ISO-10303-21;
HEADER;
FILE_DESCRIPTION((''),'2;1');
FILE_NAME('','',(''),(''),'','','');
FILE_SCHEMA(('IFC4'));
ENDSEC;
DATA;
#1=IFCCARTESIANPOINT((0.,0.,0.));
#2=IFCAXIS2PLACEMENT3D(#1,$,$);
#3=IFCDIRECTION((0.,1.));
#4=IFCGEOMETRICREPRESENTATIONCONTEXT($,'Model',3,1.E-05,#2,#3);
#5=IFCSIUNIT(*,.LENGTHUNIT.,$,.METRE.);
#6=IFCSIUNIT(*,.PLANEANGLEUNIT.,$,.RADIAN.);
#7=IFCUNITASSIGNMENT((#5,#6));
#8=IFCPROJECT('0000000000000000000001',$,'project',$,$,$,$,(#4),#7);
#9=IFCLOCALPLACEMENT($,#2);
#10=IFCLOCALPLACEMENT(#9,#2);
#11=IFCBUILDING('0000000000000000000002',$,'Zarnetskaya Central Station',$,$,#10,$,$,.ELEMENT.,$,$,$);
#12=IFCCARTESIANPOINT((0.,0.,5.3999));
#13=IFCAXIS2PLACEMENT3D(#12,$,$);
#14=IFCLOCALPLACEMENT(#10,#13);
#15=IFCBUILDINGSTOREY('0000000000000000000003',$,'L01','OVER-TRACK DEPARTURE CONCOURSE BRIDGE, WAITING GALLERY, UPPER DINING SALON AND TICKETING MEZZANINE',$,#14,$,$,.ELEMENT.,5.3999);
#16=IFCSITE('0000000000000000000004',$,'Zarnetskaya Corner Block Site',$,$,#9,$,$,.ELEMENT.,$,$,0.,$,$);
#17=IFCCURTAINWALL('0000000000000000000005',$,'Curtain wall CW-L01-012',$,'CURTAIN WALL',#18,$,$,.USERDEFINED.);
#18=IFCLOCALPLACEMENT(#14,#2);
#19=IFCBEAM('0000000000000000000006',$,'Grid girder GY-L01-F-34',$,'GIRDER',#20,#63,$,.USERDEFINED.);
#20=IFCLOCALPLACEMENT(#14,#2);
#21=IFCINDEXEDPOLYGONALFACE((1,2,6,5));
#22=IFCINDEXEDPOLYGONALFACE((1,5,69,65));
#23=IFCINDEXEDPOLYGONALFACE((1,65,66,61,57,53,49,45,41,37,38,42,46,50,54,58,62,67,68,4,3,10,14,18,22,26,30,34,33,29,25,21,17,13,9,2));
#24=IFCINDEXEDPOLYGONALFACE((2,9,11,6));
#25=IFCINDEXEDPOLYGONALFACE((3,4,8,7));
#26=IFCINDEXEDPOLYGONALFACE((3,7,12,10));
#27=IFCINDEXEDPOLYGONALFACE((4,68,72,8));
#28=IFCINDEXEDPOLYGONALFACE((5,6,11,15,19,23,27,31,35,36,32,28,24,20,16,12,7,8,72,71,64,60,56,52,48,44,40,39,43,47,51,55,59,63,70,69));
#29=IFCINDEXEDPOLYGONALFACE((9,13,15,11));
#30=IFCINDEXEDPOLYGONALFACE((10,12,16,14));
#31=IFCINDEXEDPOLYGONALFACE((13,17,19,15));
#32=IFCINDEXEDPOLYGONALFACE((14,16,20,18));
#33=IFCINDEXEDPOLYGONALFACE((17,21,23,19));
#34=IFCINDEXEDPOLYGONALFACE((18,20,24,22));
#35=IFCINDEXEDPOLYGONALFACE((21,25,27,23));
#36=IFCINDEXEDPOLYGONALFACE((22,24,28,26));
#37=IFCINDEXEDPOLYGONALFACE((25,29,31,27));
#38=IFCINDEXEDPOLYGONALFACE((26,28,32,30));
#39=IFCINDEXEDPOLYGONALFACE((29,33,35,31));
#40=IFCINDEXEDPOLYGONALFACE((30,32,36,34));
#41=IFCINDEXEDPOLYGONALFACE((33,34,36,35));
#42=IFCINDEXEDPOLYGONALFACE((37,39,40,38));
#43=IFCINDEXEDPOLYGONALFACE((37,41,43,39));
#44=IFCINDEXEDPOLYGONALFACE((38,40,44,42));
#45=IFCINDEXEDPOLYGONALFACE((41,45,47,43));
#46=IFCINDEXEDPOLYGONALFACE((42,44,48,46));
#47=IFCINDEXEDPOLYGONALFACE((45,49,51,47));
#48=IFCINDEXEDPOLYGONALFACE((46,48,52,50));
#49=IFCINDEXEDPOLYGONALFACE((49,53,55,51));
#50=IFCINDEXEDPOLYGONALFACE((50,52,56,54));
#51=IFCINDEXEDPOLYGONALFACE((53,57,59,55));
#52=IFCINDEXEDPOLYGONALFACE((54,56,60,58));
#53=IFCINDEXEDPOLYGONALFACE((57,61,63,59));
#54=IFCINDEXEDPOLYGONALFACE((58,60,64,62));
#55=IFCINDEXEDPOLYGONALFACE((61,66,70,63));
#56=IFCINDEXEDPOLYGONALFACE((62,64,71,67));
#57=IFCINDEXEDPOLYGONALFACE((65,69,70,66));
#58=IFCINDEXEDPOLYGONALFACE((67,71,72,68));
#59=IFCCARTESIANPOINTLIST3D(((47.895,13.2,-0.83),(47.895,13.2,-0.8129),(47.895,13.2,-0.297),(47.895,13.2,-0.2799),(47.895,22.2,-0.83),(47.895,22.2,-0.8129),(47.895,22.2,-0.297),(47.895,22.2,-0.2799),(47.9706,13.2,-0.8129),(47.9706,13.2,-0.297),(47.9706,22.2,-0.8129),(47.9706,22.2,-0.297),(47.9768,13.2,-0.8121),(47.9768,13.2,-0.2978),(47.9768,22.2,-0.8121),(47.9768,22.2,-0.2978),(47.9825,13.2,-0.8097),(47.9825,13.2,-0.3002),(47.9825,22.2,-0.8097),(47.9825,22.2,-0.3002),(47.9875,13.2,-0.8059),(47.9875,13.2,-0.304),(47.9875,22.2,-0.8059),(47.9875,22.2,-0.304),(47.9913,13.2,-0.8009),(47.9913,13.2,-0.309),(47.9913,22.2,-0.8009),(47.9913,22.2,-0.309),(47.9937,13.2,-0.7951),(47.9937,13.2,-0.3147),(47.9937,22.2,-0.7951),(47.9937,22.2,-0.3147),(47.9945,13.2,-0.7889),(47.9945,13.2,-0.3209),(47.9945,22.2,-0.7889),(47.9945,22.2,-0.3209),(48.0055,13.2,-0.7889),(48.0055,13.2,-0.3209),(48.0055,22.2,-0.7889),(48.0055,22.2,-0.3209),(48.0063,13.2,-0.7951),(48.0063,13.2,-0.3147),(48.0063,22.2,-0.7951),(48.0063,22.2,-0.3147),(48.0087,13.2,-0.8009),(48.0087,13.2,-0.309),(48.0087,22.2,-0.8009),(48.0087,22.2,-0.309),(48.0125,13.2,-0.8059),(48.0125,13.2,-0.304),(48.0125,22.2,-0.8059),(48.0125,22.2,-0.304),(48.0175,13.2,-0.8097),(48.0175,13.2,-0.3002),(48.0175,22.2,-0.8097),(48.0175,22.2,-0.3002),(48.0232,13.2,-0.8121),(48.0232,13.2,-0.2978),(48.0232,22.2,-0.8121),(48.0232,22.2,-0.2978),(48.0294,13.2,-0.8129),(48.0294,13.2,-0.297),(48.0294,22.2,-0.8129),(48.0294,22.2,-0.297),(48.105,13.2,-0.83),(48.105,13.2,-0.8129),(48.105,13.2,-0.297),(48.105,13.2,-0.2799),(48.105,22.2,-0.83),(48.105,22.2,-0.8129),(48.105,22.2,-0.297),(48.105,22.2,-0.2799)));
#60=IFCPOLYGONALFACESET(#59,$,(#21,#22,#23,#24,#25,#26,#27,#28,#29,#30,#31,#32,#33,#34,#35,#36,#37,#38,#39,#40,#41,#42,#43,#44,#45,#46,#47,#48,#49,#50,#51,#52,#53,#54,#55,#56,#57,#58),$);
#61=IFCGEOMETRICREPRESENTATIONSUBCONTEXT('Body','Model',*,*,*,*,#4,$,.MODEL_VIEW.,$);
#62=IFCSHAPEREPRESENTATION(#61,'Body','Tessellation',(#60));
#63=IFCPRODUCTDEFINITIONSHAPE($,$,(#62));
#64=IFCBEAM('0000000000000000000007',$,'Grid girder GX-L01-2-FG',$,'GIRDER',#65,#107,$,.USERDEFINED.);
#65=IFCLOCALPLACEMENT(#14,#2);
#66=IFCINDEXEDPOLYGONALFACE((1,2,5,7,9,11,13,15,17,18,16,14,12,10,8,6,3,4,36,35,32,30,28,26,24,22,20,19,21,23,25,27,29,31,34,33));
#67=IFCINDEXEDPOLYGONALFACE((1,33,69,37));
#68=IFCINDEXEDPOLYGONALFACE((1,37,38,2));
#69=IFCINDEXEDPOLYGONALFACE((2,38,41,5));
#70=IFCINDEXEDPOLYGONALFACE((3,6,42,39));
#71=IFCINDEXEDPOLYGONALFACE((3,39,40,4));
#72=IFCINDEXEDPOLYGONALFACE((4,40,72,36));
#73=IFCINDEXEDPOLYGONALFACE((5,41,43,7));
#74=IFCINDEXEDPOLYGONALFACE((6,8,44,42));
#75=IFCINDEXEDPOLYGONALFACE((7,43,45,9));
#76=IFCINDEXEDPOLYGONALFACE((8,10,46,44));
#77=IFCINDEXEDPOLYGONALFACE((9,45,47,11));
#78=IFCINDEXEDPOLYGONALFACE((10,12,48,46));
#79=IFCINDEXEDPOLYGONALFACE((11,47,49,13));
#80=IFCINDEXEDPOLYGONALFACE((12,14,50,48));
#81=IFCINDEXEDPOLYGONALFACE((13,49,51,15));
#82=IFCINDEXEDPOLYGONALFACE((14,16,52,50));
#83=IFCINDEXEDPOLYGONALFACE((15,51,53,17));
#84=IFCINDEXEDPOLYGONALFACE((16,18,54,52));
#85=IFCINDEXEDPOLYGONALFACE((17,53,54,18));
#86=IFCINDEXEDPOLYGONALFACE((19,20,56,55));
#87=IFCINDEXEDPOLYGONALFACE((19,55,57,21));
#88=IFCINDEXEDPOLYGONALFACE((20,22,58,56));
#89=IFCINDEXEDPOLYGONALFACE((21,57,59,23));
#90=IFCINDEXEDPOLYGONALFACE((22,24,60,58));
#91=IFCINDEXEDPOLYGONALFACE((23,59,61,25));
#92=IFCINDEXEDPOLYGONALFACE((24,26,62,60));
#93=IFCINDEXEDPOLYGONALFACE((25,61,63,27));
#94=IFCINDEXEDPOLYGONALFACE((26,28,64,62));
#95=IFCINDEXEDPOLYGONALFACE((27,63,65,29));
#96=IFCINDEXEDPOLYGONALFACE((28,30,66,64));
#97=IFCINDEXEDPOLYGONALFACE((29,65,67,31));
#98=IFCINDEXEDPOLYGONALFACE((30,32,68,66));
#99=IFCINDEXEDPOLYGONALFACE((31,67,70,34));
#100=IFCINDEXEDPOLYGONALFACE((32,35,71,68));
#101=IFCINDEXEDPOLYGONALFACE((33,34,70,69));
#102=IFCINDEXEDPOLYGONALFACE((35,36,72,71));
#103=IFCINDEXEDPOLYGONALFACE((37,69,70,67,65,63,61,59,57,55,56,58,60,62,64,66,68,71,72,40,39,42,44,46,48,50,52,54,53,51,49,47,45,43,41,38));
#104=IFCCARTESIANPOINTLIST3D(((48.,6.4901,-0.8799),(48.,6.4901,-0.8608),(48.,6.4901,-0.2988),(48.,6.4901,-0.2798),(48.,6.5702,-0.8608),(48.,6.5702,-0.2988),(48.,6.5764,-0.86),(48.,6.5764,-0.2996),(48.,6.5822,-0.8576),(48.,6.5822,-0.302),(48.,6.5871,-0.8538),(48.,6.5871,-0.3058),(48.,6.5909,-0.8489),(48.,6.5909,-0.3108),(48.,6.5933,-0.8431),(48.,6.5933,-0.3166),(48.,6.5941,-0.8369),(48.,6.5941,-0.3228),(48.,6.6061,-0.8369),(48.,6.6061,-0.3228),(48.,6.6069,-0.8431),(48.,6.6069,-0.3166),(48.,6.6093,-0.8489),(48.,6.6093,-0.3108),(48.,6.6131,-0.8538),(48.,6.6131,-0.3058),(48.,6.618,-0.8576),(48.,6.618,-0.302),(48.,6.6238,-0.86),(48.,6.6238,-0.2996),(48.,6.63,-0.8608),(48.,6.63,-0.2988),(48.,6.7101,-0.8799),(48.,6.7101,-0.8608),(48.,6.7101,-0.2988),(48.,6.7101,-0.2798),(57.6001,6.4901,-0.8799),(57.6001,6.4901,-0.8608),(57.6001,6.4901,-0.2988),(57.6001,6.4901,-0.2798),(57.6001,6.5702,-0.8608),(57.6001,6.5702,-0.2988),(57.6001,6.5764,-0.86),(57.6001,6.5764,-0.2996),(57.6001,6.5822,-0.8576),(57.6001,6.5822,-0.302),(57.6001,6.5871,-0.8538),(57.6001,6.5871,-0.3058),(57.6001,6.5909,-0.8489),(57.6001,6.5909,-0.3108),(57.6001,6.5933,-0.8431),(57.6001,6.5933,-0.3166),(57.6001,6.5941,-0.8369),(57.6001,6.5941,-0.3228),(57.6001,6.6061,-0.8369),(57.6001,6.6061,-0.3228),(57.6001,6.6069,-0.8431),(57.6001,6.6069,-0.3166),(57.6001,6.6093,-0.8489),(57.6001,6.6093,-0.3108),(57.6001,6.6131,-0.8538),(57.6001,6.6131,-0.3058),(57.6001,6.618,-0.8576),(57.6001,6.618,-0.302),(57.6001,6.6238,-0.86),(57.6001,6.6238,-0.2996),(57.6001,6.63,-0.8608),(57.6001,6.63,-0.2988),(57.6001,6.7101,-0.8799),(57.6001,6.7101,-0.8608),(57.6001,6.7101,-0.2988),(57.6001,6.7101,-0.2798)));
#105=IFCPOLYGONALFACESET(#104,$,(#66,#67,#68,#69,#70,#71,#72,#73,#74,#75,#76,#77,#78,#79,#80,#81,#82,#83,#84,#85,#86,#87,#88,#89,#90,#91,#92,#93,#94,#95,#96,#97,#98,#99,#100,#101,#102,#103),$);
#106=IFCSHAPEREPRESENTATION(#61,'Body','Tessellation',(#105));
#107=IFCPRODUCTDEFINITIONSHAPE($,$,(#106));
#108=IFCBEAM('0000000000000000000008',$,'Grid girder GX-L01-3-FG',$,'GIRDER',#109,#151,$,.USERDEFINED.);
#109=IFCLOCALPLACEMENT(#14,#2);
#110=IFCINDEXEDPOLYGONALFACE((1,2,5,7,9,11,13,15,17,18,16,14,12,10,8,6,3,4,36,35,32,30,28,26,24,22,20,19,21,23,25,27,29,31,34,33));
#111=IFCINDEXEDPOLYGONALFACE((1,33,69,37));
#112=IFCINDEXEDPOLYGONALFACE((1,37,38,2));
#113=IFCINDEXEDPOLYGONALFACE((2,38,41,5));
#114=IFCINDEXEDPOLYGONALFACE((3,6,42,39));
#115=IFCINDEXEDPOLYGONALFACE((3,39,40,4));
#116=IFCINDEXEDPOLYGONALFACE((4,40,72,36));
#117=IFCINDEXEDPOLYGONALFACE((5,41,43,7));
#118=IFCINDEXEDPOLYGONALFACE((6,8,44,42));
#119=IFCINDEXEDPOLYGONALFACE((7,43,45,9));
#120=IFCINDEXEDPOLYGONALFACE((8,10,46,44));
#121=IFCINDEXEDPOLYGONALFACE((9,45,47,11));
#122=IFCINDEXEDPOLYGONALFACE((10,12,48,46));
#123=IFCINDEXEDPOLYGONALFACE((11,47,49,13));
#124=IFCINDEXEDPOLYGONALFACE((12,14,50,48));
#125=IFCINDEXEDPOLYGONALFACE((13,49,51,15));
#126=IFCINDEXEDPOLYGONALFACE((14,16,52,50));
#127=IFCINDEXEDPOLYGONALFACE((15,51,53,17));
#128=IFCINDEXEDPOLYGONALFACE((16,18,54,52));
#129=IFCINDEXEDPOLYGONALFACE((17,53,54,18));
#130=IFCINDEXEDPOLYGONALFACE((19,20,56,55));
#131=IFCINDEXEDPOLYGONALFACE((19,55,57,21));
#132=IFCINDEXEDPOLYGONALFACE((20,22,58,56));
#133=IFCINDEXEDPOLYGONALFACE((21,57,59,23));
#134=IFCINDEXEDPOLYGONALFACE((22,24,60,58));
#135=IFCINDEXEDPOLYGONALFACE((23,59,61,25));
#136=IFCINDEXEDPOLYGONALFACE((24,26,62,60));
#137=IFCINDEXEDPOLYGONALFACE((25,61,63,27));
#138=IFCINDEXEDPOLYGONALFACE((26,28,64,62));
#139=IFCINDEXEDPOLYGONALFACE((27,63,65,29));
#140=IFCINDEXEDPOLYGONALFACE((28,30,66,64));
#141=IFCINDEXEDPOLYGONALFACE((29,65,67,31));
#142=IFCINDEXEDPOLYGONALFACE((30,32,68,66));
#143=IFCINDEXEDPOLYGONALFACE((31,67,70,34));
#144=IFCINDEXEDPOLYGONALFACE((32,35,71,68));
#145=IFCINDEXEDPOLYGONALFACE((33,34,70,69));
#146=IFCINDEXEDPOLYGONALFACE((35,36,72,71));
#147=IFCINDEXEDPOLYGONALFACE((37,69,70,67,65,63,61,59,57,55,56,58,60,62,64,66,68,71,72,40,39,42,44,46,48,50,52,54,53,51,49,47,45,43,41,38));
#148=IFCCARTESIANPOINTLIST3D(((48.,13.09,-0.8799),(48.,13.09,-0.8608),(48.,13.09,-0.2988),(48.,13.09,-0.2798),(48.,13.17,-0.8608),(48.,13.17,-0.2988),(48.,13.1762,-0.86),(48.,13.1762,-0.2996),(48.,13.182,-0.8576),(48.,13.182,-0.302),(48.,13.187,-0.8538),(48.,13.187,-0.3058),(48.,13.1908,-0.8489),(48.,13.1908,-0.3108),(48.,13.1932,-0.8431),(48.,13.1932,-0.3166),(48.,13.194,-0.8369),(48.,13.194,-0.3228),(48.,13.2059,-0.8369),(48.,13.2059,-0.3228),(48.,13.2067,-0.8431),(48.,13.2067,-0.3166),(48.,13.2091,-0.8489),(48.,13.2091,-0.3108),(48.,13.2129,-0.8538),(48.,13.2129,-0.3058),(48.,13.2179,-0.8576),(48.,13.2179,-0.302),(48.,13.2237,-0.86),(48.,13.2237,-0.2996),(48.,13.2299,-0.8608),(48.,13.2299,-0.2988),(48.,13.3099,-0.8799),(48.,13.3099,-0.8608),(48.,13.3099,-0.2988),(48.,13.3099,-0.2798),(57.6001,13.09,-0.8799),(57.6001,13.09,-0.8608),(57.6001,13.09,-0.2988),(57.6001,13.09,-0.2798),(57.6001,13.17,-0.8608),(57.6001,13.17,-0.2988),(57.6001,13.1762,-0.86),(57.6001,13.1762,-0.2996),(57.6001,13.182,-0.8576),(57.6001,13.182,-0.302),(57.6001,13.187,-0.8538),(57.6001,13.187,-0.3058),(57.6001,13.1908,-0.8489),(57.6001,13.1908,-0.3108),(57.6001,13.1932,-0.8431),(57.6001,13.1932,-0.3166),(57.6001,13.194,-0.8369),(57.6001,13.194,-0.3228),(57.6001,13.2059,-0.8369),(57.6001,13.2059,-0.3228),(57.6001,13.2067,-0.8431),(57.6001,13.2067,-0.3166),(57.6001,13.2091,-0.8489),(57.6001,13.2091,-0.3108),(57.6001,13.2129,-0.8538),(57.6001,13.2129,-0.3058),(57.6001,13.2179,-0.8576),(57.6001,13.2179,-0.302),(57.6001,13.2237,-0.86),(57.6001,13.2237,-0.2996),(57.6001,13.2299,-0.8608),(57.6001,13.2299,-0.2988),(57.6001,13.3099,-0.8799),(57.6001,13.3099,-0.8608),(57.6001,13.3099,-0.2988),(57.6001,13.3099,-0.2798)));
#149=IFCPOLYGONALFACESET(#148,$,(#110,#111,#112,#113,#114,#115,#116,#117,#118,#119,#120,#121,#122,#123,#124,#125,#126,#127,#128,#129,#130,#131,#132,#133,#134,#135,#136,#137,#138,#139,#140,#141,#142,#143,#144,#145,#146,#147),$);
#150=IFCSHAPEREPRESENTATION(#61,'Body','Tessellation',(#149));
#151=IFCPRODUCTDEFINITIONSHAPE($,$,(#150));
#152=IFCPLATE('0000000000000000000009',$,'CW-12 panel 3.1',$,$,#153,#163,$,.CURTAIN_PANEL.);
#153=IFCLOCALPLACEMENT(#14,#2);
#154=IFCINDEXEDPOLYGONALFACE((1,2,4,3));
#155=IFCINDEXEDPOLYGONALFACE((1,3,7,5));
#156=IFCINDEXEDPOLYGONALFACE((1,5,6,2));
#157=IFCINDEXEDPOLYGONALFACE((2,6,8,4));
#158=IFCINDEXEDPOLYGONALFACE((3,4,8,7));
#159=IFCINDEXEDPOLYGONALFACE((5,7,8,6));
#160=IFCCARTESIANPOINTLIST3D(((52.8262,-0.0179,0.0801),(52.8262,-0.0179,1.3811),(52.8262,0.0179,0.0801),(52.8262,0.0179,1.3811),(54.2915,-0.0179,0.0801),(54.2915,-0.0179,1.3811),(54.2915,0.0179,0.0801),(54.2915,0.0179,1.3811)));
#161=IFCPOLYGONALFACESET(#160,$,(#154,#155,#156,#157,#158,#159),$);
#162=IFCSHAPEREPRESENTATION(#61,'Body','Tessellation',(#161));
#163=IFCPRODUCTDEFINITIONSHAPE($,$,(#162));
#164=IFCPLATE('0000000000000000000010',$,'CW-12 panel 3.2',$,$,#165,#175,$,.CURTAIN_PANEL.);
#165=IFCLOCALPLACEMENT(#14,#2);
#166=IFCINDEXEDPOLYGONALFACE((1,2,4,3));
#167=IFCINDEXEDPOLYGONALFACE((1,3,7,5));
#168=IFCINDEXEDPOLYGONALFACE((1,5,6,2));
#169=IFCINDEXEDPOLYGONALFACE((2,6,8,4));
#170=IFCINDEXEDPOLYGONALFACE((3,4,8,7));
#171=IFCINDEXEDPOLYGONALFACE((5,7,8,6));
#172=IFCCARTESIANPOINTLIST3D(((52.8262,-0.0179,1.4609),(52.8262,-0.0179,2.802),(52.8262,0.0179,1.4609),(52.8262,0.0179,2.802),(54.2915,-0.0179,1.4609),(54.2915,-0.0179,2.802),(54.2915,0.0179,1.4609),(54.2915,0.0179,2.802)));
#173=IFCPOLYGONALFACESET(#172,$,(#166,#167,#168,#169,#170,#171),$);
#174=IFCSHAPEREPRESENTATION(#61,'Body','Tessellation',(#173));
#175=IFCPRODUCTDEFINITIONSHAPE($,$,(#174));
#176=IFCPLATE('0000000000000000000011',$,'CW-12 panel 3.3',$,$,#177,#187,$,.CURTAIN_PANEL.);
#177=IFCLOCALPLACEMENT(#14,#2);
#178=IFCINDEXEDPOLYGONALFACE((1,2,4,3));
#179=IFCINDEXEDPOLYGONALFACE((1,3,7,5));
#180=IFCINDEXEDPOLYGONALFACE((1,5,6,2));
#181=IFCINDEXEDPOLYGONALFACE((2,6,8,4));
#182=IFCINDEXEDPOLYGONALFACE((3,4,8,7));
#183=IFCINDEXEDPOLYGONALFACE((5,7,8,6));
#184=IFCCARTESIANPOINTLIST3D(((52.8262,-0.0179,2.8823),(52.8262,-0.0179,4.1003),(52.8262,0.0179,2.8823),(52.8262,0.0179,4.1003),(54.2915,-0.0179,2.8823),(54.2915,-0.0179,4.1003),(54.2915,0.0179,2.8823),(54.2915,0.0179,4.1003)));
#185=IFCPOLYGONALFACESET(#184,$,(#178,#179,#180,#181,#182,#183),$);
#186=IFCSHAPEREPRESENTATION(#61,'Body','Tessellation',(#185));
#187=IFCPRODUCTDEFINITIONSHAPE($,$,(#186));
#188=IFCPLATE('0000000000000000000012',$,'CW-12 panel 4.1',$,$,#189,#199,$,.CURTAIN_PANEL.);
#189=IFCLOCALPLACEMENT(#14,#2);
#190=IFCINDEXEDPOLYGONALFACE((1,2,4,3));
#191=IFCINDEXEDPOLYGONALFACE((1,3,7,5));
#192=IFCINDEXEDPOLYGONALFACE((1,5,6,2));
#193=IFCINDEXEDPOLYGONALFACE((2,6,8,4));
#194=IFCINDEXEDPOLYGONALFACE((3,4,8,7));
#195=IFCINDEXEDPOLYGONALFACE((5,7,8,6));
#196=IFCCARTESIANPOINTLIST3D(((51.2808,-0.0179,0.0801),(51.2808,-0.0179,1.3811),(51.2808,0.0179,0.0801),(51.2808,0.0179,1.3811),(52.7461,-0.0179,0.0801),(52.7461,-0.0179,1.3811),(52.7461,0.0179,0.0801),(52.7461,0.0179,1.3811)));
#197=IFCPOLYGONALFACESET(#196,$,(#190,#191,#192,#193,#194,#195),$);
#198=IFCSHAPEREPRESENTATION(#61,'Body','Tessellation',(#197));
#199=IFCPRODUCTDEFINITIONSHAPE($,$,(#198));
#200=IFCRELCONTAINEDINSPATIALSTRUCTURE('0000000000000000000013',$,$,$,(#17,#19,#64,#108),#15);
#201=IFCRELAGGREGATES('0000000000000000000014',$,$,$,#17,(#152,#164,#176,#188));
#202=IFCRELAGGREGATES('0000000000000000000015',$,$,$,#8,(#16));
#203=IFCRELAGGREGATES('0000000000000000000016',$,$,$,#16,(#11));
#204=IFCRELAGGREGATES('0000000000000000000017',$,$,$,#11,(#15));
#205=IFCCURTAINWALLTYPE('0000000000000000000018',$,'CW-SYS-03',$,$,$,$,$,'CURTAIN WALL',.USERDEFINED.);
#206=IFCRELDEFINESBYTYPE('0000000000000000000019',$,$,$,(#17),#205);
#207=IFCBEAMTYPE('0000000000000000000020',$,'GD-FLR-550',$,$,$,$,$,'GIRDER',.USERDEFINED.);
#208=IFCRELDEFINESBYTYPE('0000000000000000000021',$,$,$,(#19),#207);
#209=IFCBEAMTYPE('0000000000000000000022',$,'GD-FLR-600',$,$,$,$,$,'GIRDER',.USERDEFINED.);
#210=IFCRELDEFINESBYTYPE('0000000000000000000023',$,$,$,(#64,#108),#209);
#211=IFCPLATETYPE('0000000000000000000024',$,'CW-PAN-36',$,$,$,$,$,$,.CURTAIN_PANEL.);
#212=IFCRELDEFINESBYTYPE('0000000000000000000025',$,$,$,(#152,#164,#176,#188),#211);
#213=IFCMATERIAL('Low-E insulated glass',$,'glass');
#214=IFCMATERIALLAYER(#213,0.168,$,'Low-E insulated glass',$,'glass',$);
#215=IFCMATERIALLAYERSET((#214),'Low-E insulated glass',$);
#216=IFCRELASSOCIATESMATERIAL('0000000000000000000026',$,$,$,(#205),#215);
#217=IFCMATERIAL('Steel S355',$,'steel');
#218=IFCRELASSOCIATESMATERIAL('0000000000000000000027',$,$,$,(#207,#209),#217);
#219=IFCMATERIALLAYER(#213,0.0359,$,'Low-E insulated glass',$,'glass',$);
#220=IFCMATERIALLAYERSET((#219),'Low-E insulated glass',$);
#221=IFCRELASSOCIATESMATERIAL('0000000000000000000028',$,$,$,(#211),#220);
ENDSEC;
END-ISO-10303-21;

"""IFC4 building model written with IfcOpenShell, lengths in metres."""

from ifc_helpers import new_model, si_unit, direction, frame, origin, origin_2d, place, context, subcontext, project, spatial, rectangle, i_section, extrude, material, layer, layer_set, material_profile, profile_set, type_object, element, aggregate, save


model = new_model("IFC4")

# Units and contexts
model_context = context("Model", 3, precision=1e-05, world=origin(), true_north=direction((0.0, 1.0)))
body_context = subcontext(model_context, "Body", "Model", "MODEL_VIEW")
ifc_project = project(units=[si_unit("LENGTHUNIT", "METRE"), si_unit("PLANEANGLEUNIT", "RADIAN")], contexts=[model_context])

# Site, building, storey
site_placement = place(None, origin())
site = spatial("IfcSite", under=ifc_project, at=site_placement, Name="Zarnetskaya Corner Block Site", CompositionType="ELEMENT", RefElevation=0.0)
building_placement = place(site_placement, origin())
building = spatial("IfcBuilding", under=site, at=building_placement, Name="Zarnetskaya Central Station", CompositionType="ELEMENT")
storey_placement = place(building_placement, frame((0.0, 0.0, 5.3999)))
storey = spatial("IfcBuildingStorey", under=building, at=storey_placement, Name="L01", Description="OVER-TRACK DEPARTURE CONCOURSE BRIDGE, WAITING GALLERY, UPPER DINING SALON AND TICKETING MEZZANINE", CompositionType="ELEMENT", Elevation=5.3999)

# Shared definitions
ifc_material_1 = material(Name="Steel S355", Category="steel")

# Curtain wall
ifc_material_2 = material(Name="Low-E insulated glass", Category="glass")
ifc_layer_1 = layer(ifc_material_2, 0.168, Name="Low-E insulated glass", Category="glass")
ifc_layer_set_1 = layer_set([ifc_layer_1], Name="Low-E insulated glass")
curtain_wall_type = type_object("IfcCurtainWallType", Name="CW-SYS-03", ElementType="CURTAIN WALL", PredefinedType="USERDEFINED", material=ifc_layer_set_1)
curtain_wall_placement = place(storey_placement, origin())
curtain_wall = element("IfcCurtainWall", 1, at=curtain_wall_placement, inside=storey, type_object=curtain_wall_type, Name="Curtain wall CW-L01-012", ObjectType="CURTAIN WALL", PredefinedType="USERDEFINED")

# Beams
ifc_material_profile_1 = material_profile(ifc_material_1, i_section(OverallWidth=0.21, OverallDepth=0.55, WebThickness=0.011, FlangeThickness=0.0171, FilletRadius=0.0239, at=origin_2d()), Name="IPE 550")
ifc_profile_set_1 = profile_set([ifc_material_profile_1], Name="Steel S355")
beam_type_1 = type_object("IfcBeamType", Name="GD-FLR-550", ElementType="GIRDER", PredefinedType="USERDEFINED", material=ifc_profile_set_1)
beam_1_placement = place(storey_placement, frame((48.0, 13.2, -0.5549), z_axis=(0.0, 1.0, 0.0), x_axis=(-1.0, 0.0, 0.0)))
element("IfcBeam", 2, at=beam_1_placement, inside=storey, type_object=beam_type_1, Name="Grid girder GY-L01-F-34", ObjectType="GIRDER", PredefinedType="USERDEFINED", context=body_context, shape_type="SweptSolid", body=[
    extrude(i_section(OverallWidth=0.21, OverallDepth=0.55, WebThickness=0.011, FlangeThickness=0.0171, FilletRadius=0.0239, at=origin_2d()), origin(), (0.0, 0.0, 1.0), 9.0),
])
ifc_material_profile_2 = material_profile(ifc_material_1, i_section(OverallWidth=0.22, OverallDepth=0.6001, WebThickness=0.012, FlangeThickness=0.019, FilletRadius=0.0239, at=origin_2d()), Name="IPE 600")
ifc_profile_set_2 = profile_set([ifc_material_profile_2], Name="Steel S355")
beam_type_2 = type_object("IfcBeamType", Name="GD-FLR-600", ElementType="GIRDER", PredefinedType="USERDEFINED", material=ifc_profile_set_2)
for number, where, z_axis, x_axis, name in (
    (3, (48.0, 6.6001, -0.5798), (1.0, 0.0, 0.0), (0.0, 1.0, 0.0), "Grid girder GX-L01-2-FG"),
    (4, (48.0, 13.2, -0.5798), (1.0, 0.0, 0.0), (0.0, 1.0, 0.0), "Grid girder GX-L01-3-FG"),
):
    element("IfcBeam", number, at=place(storey_placement, frame(where, z_axis=z_axis, x_axis=x_axis)), inside=storey, type_object=beam_type_2, Name=name, ObjectType="GIRDER", PredefinedType="USERDEFINED", context=body_context, shape_type="SweptSolid", body=[
        extrude(i_section(OverallWidth=0.22, OverallDepth=0.6001, WebThickness=0.012, FlangeThickness=0.019, FilletRadius=0.0239, at=origin_2d()), origin(), (0.0, 0.0, 1.0), 9.6001),
    ])

# Plates
ifc_layer_2 = layer(ifc_material_2, 0.0359, Name="Low-E insulated glass", Category="glass")
ifc_layer_set_2 = layer_set([ifc_layer_2], Name="Low-E insulated glass")
plate_type = type_object("IfcPlateType", Name="CW-PAN-36", PredefinedType="CURTAIN_PANEL", material=ifc_layer_set_2)
plate_1_placement = place(storey_placement, frame((53.5588, 0.0, 0.0801), z_axis=(0.0, 0.0, 1.0), x_axis=(-1.0, 0.0, 0.0)))
plate_1 = element("IfcPlate", 5, at=plate_1_placement, type_object=plate_type, Name="CW-12 panel 3.1", PredefinedType="CURTAIN_PANEL", context=body_context, shape_type="SweptSolid", body=[
    extrude(rectangle(XDim=1.4653, YDim=0.0359, at=origin_2d()), origin(), (0.0, 0.0, 1.0), 1.301),
])
plate_2_placement = place(storey_placement, frame((53.5588, 0.0, 1.4609), z_axis=(0.0, 0.0, 1.0), x_axis=(-1.0, 0.0, 0.0)))
plate_2 = element("IfcPlate", 6, at=plate_2_placement, type_object=plate_type, Name="CW-12 panel 3.2", PredefinedType="CURTAIN_PANEL", context=body_context, shape_type="SweptSolid", body=[
    extrude(rectangle(XDim=1.4653, YDim=0.0359, at=origin_2d()), origin(), (0.0, 0.0, 1.0), 1.3411),
])
plate_3_placement = place(storey_placement, frame((53.5588, 0.0, 2.8823), z_axis=(0.0, 0.0, 1.0), x_axis=(-1.0, 0.0, 0.0)))
plate_3 = element("IfcPlate", 7, at=plate_3_placement, type_object=plate_type, Name="CW-12 panel 3.3", PredefinedType="CURTAIN_PANEL", context=body_context, shape_type="SweptSolid", body=[
    extrude(rectangle(XDim=1.4653, YDim=0.0359, at=origin_2d()), origin(), (0.0, 0.0, 1.0), 1.218),
])
plate_4_placement = place(storey_placement, frame((52.0134, 0.0, 0.0801), z_axis=(0.0, 0.0, 1.0), x_axis=(-1.0, 0.0, 0.0)))
plate_4 = element("IfcPlate", 8, at=plate_4_placement, type_object=plate_type, Name="CW-12 panel 4.1", PredefinedType="CURTAIN_PANEL", context=body_context, shape_type="SweptSolid", body=[
    extrude(rectangle(XDim=1.4653, YDim=0.0359, at=origin_2d()), origin(), (0.0, 0.0, 1.0), 1.301),
])
aggregate(curtain_wall, [plate_1, plate_2, plate_3, plate_4])

save(model, "model.ifc")
